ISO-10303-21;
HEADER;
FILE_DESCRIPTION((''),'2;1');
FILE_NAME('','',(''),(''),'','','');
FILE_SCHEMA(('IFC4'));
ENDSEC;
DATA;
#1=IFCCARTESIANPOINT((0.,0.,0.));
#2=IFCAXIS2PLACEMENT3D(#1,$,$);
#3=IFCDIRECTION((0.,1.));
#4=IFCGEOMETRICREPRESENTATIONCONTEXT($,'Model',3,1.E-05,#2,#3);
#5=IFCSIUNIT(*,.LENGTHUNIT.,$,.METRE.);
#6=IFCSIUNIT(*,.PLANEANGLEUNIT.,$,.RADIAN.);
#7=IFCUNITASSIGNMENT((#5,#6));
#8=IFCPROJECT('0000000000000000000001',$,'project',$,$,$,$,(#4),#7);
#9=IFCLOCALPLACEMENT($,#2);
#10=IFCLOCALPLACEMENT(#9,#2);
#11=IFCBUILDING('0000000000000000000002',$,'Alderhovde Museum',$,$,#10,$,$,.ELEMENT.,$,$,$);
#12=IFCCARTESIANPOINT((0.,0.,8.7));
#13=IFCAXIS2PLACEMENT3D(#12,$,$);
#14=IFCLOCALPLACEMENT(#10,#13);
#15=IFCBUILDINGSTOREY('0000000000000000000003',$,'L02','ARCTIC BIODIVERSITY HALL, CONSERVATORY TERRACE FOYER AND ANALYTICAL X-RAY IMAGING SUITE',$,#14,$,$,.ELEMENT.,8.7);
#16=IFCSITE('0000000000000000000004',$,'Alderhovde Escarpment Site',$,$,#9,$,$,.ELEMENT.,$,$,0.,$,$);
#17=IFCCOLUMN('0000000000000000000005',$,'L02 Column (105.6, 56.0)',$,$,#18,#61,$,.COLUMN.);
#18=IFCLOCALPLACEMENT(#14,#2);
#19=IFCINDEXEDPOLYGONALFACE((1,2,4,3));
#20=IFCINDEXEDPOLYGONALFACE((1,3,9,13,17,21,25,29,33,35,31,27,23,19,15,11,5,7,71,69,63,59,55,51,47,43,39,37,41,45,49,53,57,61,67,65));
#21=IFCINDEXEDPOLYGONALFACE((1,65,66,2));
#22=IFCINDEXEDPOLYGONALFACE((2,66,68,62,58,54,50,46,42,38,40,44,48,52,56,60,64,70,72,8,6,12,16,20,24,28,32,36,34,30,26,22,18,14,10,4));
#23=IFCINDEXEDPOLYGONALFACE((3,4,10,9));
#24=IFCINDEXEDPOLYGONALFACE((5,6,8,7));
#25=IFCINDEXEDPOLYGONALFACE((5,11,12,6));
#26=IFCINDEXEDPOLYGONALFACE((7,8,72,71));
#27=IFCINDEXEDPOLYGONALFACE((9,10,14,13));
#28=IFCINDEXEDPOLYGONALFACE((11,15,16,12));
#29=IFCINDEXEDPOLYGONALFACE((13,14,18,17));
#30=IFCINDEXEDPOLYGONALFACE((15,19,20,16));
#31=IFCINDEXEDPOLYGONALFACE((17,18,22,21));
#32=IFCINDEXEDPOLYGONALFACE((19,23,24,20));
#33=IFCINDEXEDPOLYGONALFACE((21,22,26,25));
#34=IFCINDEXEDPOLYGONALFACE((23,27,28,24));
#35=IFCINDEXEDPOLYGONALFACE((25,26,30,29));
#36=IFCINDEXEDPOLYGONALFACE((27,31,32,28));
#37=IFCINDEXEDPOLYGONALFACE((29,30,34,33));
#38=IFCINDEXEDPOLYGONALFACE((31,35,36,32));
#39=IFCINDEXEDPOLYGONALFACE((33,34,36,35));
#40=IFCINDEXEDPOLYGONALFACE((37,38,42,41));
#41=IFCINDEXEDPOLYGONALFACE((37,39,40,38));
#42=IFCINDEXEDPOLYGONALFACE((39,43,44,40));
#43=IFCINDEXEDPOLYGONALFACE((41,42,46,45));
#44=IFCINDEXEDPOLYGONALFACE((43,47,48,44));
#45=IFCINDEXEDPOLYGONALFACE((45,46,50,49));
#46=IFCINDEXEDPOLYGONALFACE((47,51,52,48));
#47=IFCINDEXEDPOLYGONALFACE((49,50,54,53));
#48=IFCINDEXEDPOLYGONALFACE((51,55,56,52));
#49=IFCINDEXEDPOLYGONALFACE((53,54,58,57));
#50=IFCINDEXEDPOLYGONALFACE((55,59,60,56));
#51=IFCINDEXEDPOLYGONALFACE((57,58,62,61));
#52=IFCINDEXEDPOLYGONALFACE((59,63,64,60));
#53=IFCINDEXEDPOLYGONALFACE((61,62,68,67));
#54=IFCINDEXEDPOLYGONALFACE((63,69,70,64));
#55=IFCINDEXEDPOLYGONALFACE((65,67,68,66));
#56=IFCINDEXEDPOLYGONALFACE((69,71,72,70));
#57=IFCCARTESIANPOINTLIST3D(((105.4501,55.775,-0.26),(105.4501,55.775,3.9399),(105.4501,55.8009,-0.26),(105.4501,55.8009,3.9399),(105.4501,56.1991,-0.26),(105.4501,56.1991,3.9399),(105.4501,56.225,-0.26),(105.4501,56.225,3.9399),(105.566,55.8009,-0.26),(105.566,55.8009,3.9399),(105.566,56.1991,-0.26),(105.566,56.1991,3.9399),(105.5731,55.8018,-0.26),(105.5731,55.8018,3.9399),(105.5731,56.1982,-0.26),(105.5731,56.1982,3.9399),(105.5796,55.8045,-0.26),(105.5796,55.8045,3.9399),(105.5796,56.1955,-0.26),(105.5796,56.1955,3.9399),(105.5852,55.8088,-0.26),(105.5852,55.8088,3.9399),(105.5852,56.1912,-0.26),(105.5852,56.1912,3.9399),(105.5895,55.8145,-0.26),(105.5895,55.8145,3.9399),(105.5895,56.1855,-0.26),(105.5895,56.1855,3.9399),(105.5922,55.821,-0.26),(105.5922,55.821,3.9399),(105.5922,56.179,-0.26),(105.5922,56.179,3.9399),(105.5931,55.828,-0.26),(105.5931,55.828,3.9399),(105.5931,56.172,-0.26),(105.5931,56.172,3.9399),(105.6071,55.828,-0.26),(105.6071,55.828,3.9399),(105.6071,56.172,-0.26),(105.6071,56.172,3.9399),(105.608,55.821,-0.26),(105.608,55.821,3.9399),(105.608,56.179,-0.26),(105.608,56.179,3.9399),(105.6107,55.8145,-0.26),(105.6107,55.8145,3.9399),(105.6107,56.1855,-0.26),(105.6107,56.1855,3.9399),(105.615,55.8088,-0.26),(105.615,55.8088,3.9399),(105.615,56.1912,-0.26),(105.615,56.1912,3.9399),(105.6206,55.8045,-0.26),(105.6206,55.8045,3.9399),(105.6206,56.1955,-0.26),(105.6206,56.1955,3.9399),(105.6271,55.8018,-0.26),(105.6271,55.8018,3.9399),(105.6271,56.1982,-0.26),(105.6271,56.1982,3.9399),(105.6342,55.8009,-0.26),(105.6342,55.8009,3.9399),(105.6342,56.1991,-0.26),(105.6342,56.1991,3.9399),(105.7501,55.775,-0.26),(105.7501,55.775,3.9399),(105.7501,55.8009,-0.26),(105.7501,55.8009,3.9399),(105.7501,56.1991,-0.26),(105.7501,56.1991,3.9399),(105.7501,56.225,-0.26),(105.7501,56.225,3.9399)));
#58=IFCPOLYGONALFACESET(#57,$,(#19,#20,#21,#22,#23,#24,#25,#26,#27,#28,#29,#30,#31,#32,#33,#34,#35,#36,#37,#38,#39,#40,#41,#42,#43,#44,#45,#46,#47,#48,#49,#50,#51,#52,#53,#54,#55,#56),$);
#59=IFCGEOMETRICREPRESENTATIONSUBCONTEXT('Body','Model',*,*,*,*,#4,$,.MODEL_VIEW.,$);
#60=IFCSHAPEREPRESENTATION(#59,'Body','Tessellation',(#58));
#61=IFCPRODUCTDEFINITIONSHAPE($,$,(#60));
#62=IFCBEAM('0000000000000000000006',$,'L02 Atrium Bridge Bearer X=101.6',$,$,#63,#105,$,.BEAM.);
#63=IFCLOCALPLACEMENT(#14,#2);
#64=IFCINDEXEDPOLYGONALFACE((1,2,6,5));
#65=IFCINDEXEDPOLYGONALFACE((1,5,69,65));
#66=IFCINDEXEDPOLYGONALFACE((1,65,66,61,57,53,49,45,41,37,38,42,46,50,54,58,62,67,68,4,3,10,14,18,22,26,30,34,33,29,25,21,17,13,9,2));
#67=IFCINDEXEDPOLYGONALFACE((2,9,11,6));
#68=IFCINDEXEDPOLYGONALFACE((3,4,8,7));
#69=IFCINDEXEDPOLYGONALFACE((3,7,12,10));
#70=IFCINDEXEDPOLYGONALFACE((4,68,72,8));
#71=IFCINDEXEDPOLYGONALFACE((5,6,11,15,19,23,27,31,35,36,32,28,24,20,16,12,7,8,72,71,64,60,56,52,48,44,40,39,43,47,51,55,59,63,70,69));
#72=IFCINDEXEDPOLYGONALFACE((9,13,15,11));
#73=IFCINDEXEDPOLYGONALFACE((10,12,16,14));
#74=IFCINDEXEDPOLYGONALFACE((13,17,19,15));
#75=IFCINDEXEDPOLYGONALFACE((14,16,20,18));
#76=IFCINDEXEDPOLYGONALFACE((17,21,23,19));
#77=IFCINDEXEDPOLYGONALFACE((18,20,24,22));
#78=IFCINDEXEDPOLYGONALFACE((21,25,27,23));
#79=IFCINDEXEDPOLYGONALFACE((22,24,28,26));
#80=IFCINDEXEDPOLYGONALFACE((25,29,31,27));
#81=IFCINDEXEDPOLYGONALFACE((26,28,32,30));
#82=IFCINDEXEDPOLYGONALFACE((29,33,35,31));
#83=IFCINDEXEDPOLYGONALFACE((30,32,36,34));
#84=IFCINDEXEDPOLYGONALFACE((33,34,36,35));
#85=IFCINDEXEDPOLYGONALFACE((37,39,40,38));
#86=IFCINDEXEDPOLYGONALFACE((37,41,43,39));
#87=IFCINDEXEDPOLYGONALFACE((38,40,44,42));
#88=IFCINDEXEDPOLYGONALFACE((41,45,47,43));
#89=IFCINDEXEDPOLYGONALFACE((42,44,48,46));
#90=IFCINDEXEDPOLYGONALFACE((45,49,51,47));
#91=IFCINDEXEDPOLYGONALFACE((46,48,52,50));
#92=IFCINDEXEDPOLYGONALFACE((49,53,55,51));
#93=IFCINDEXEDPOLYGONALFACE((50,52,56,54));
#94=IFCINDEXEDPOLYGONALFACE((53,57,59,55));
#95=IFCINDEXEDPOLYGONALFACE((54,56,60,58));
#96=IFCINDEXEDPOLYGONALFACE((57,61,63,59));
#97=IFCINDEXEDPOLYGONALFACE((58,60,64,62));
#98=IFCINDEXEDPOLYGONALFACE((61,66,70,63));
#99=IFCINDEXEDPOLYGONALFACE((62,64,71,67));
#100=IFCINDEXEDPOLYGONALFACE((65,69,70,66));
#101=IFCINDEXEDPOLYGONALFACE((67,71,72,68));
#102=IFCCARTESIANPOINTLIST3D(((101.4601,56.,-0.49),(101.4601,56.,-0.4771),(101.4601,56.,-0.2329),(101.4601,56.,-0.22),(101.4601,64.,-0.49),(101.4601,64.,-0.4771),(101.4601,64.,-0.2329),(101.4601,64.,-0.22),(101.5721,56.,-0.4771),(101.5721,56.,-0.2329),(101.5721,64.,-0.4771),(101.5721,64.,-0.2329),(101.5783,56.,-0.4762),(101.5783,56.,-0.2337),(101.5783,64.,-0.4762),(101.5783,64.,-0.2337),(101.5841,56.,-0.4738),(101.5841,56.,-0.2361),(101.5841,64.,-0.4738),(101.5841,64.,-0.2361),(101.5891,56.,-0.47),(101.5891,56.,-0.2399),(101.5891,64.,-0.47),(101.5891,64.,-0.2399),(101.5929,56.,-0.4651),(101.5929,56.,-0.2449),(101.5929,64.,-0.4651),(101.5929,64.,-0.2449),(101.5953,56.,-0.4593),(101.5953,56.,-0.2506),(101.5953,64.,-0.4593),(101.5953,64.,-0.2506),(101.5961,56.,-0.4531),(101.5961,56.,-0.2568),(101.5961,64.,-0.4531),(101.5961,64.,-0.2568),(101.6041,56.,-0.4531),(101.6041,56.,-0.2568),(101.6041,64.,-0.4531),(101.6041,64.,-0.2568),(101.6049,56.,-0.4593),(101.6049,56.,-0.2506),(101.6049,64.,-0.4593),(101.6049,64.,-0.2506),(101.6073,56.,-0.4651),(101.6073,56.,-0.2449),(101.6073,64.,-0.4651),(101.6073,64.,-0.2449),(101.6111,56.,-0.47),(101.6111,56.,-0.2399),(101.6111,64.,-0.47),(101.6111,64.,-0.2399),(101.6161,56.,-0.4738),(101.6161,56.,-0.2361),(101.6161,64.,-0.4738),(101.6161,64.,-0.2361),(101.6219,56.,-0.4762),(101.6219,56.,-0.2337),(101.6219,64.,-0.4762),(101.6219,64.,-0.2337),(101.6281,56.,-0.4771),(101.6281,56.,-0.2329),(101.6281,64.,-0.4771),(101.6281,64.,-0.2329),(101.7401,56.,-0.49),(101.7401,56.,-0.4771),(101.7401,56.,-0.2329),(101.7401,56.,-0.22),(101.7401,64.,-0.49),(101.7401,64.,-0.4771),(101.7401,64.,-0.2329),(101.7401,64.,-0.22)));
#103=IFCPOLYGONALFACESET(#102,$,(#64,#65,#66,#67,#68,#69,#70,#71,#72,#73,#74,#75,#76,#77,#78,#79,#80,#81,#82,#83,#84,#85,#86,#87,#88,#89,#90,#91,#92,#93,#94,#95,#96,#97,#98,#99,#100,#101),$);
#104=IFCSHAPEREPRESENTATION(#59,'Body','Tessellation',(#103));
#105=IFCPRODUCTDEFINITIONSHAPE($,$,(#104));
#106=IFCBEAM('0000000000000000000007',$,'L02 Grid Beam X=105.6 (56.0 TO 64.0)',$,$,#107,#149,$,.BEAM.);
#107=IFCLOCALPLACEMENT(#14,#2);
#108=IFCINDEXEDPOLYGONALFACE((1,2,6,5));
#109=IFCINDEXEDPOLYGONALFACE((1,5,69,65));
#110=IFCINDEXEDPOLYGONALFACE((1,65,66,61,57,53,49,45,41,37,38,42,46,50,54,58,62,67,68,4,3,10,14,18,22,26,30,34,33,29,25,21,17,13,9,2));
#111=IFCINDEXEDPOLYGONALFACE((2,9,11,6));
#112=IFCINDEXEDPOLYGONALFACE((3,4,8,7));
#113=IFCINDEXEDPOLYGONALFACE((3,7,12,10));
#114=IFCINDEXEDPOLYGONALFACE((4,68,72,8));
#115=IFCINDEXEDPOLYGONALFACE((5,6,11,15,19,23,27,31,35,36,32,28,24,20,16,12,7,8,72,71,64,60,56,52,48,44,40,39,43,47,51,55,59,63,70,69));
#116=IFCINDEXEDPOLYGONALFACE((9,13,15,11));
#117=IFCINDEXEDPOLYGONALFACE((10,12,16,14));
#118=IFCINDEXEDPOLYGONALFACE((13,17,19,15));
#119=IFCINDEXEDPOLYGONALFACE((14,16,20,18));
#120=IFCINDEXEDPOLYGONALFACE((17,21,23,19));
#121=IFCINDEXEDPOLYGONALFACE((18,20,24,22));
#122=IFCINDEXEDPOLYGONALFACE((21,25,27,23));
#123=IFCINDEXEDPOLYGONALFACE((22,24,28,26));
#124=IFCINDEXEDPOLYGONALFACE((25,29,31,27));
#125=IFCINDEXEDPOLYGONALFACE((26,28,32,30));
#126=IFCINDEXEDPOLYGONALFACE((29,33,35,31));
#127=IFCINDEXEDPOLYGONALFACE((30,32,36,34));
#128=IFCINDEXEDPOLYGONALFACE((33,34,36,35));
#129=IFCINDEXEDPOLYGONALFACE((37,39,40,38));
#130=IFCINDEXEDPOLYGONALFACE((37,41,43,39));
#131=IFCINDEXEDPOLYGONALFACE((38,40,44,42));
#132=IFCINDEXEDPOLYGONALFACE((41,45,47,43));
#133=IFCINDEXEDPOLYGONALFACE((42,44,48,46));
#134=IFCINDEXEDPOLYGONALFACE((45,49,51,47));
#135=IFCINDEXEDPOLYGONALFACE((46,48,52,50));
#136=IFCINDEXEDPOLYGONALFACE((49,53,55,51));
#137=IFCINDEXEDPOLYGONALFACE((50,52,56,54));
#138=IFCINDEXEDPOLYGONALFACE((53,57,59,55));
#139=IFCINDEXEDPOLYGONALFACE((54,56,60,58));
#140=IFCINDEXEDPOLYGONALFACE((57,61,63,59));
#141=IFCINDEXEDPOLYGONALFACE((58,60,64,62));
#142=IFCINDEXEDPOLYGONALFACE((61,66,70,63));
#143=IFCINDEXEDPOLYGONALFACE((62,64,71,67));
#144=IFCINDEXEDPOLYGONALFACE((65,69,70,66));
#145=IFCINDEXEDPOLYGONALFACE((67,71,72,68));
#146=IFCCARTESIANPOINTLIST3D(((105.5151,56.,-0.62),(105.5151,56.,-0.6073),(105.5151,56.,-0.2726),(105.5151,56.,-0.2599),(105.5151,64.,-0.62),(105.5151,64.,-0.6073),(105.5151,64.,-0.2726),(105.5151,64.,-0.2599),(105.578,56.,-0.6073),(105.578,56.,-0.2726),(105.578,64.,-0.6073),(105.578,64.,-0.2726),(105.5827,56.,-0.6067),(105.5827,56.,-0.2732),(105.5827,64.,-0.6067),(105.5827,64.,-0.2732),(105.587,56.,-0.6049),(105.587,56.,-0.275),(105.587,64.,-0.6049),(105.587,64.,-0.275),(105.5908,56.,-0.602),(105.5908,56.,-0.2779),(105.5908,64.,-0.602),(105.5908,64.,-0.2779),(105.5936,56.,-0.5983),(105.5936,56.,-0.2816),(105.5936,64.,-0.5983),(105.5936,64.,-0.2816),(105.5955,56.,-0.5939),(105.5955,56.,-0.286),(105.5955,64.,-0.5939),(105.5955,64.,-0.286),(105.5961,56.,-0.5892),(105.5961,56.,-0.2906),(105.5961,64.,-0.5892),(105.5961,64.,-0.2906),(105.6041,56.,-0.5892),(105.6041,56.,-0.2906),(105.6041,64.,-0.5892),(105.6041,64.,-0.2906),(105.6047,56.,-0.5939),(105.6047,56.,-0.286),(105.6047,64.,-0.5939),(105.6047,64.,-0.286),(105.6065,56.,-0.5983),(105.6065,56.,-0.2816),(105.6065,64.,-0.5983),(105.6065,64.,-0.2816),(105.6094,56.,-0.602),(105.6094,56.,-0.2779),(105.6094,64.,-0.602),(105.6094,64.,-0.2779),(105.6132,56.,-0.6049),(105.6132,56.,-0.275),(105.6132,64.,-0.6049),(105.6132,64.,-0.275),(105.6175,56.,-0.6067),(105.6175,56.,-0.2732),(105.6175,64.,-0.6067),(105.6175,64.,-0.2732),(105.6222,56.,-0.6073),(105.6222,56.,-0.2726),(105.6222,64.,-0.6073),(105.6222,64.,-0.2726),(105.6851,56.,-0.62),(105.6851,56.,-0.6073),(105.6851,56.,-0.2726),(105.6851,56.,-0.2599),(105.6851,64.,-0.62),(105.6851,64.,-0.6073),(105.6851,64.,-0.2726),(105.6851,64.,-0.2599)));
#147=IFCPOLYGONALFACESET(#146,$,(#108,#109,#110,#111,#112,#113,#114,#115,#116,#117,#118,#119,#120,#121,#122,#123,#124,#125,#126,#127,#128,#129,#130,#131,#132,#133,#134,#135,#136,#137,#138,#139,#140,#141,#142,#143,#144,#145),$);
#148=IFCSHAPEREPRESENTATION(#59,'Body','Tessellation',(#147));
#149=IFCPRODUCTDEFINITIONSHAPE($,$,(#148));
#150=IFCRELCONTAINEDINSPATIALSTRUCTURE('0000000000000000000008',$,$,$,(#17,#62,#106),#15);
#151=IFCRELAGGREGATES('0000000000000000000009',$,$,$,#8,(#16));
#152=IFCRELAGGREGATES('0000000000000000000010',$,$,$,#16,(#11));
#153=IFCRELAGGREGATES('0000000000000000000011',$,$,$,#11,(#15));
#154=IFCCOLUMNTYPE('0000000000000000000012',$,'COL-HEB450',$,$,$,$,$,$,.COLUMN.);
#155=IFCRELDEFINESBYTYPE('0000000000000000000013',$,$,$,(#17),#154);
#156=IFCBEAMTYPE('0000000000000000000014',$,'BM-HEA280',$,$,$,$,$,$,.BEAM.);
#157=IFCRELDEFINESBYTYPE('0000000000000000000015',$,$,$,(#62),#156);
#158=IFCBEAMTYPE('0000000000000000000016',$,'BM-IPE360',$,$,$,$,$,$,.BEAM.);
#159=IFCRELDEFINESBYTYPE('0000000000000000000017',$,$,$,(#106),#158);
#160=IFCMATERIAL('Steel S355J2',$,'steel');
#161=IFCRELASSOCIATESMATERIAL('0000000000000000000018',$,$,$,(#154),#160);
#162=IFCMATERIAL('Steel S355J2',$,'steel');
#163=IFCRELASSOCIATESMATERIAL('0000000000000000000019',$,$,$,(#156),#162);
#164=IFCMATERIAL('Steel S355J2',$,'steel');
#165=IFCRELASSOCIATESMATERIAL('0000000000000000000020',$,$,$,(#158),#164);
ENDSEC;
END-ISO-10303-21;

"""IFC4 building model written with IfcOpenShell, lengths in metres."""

from ifc_helpers import new_model, si_unit, direction, frame, origin, origin_2d, place, context, subcontext, project, spatial, i_section, extrude, material, material_profile, profile_set, type_object, element, save


model = new_model("IFC4")

# Units and contexts
model_context = context("Model", 3, precision=1e-05, world=origin(), true_north=direction((0.0, 1.0)))
body_context = subcontext(model_context, "Body", "Model", "MODEL_VIEW")
ifc_project = project(units=[si_unit("LENGTHUNIT", "METRE"), si_unit("PLANEANGLEUNIT", "RADIAN")], contexts=[model_context])

# Site, building, storey
site_placement = place(None, origin())
site = spatial("IfcSite", under=ifc_project, at=site_placement, Name="Alderhovde Escarpment Site", CompositionType="ELEMENT", RefElevation=0.0)
building_placement = place(site_placement, origin())
building = spatial("IfcBuilding", under=site, at=building_placement, Name="Alderhovde Museum", CompositionType="ELEMENT")
storey_placement = place(building_placement, frame((0.0, 0.0, 8.7)))
storey = spatial("IfcBuildingStorey", under=building, at=storey_placement, Name="L02", Description="ARCTIC BIODIVERSITY HALL, CONSERVATORY TERRACE FOYER AND ANALYTICAL X-RAY IMAGING SUITE", CompositionType="ELEMENT", Elevation=8.7)

# Column
ifc_material_1 = material(Name="Steel S355J2", Category="steel")
ifc_material_profile_1 = material_profile(ifc_material_1, i_section(OverallWidth=0.3, OverallDepth=0.45, WebThickness=0.0139, FlangeThickness=0.0259, FilletRadius=0.0271, at=origin_2d()), Name="HEB 450")
ifc_profile_set_1 = profile_set([ifc_material_profile_1], Name="Steel S355J2")
column_type = type_object("IfcColumnType", Name="COL-HEB450", PredefinedType="COLUMN", material=ifc_profile_set_1)
column_placement = place(storey_placement, frame((105.6001, 56.0, -0.26), z_axis=(0.0, 0.0, 1.0), x_axis=(1.0, 0.0, 0.0)))
element("IfcColumn", 1, at=column_placement, inside=storey, type_object=column_type, Name="L02 Column (105.6, 56.0)", PredefinedType="COLUMN", context=body_context, shape_type="SweptSolid", body=[
    extrude(i_section(OverallWidth=0.3, OverallDepth=0.45, WebThickness=0.0139, FlangeThickness=0.0259, FilletRadius=0.0271, at=origin_2d()), origin(), (0.0, 0.0, 1.0), 4.2),
])

# Beams
ifc_material_2 = material(Name="Steel S355J2", Category="steel")
ifc_material_profile_2 = material_profile(ifc_material_2, i_section(OverallWidth=0.28, OverallDepth=0.27, WebThickness=0.0081, FlangeThickness=0.0129, FilletRadius=0.0239, at=origin_2d()), Name="HEA 280")
ifc_profile_set_2 = profile_set([ifc_material_profile_2], Name="Steel S355J2")
beam_type_1 = type_object("IfcBeamType", Name="BM-HEA280", PredefinedType="BEAM", material=ifc_profile_set_2)
beam_1_placement = place(storey_placement, frame((101.6001, 56.0, -0.355), z_axis=(0.0, 1.0, 0.0), x_axis=(-1.0, 0.0, 0.0)))
element("IfcBeam", 2, at=beam_1_placement, inside=storey, type_object=beam_type_1, Name="L02 Atrium Bridge Bearer X=101.6", PredefinedType="BEAM", context=body_context, shape_type="SweptSolid", body=[
    extrude(i_section(OverallWidth=0.28, OverallDepth=0.27, WebThickness=0.0081, FlangeThickness=0.0129, FilletRadius=0.0239, at=origin_2d()), origin(), (0.0, 0.0, 1.0), 8.0),
])
ifc_material_3 = material(Name="Steel S355J2", Category="steel")
ifc_material_profile_3 = material_profile(ifc_material_3, i_section(OverallWidth=0.1699, OverallDepth=0.3601, WebThickness=0.0081, FlangeThickness=0.0127, FilletRadius=0.0181, at=origin_2d()), Name="IPE 360")
ifc_profile_set_3 = profile_set([ifc_material_profile_3], Name="Steel S355J2")
beam_type_2 = type_object("IfcBeamType", Name="BM-IPE360", PredefinedType="BEAM", material=ifc_profile_set_3)
beam_2_placement = place(storey_placement, frame((105.6001, 56.0, -0.4399), z_axis=(0.0, 1.0, 0.0), x_axis=(-1.0, 0.0, 0.0)))
element("IfcBeam", 3, at=beam_2_placement, inside=storey, type_object=beam_type_2, Name="L02 Grid Beam X=105.6 (56.0 TO 64.0)", PredefinedType="BEAM", context=body_context, shape_type="SweptSolid", body=[
    extrude(i_section(OverallWidth=0.1699, OverallDepth=0.3601, WebThickness=0.0081, FlangeThickness=0.0127, FilletRadius=0.0181, at=origin_2d()), origin(), (0.0, 0.0, 1.0), 8.0),
])

save(model, "model.ifc")
